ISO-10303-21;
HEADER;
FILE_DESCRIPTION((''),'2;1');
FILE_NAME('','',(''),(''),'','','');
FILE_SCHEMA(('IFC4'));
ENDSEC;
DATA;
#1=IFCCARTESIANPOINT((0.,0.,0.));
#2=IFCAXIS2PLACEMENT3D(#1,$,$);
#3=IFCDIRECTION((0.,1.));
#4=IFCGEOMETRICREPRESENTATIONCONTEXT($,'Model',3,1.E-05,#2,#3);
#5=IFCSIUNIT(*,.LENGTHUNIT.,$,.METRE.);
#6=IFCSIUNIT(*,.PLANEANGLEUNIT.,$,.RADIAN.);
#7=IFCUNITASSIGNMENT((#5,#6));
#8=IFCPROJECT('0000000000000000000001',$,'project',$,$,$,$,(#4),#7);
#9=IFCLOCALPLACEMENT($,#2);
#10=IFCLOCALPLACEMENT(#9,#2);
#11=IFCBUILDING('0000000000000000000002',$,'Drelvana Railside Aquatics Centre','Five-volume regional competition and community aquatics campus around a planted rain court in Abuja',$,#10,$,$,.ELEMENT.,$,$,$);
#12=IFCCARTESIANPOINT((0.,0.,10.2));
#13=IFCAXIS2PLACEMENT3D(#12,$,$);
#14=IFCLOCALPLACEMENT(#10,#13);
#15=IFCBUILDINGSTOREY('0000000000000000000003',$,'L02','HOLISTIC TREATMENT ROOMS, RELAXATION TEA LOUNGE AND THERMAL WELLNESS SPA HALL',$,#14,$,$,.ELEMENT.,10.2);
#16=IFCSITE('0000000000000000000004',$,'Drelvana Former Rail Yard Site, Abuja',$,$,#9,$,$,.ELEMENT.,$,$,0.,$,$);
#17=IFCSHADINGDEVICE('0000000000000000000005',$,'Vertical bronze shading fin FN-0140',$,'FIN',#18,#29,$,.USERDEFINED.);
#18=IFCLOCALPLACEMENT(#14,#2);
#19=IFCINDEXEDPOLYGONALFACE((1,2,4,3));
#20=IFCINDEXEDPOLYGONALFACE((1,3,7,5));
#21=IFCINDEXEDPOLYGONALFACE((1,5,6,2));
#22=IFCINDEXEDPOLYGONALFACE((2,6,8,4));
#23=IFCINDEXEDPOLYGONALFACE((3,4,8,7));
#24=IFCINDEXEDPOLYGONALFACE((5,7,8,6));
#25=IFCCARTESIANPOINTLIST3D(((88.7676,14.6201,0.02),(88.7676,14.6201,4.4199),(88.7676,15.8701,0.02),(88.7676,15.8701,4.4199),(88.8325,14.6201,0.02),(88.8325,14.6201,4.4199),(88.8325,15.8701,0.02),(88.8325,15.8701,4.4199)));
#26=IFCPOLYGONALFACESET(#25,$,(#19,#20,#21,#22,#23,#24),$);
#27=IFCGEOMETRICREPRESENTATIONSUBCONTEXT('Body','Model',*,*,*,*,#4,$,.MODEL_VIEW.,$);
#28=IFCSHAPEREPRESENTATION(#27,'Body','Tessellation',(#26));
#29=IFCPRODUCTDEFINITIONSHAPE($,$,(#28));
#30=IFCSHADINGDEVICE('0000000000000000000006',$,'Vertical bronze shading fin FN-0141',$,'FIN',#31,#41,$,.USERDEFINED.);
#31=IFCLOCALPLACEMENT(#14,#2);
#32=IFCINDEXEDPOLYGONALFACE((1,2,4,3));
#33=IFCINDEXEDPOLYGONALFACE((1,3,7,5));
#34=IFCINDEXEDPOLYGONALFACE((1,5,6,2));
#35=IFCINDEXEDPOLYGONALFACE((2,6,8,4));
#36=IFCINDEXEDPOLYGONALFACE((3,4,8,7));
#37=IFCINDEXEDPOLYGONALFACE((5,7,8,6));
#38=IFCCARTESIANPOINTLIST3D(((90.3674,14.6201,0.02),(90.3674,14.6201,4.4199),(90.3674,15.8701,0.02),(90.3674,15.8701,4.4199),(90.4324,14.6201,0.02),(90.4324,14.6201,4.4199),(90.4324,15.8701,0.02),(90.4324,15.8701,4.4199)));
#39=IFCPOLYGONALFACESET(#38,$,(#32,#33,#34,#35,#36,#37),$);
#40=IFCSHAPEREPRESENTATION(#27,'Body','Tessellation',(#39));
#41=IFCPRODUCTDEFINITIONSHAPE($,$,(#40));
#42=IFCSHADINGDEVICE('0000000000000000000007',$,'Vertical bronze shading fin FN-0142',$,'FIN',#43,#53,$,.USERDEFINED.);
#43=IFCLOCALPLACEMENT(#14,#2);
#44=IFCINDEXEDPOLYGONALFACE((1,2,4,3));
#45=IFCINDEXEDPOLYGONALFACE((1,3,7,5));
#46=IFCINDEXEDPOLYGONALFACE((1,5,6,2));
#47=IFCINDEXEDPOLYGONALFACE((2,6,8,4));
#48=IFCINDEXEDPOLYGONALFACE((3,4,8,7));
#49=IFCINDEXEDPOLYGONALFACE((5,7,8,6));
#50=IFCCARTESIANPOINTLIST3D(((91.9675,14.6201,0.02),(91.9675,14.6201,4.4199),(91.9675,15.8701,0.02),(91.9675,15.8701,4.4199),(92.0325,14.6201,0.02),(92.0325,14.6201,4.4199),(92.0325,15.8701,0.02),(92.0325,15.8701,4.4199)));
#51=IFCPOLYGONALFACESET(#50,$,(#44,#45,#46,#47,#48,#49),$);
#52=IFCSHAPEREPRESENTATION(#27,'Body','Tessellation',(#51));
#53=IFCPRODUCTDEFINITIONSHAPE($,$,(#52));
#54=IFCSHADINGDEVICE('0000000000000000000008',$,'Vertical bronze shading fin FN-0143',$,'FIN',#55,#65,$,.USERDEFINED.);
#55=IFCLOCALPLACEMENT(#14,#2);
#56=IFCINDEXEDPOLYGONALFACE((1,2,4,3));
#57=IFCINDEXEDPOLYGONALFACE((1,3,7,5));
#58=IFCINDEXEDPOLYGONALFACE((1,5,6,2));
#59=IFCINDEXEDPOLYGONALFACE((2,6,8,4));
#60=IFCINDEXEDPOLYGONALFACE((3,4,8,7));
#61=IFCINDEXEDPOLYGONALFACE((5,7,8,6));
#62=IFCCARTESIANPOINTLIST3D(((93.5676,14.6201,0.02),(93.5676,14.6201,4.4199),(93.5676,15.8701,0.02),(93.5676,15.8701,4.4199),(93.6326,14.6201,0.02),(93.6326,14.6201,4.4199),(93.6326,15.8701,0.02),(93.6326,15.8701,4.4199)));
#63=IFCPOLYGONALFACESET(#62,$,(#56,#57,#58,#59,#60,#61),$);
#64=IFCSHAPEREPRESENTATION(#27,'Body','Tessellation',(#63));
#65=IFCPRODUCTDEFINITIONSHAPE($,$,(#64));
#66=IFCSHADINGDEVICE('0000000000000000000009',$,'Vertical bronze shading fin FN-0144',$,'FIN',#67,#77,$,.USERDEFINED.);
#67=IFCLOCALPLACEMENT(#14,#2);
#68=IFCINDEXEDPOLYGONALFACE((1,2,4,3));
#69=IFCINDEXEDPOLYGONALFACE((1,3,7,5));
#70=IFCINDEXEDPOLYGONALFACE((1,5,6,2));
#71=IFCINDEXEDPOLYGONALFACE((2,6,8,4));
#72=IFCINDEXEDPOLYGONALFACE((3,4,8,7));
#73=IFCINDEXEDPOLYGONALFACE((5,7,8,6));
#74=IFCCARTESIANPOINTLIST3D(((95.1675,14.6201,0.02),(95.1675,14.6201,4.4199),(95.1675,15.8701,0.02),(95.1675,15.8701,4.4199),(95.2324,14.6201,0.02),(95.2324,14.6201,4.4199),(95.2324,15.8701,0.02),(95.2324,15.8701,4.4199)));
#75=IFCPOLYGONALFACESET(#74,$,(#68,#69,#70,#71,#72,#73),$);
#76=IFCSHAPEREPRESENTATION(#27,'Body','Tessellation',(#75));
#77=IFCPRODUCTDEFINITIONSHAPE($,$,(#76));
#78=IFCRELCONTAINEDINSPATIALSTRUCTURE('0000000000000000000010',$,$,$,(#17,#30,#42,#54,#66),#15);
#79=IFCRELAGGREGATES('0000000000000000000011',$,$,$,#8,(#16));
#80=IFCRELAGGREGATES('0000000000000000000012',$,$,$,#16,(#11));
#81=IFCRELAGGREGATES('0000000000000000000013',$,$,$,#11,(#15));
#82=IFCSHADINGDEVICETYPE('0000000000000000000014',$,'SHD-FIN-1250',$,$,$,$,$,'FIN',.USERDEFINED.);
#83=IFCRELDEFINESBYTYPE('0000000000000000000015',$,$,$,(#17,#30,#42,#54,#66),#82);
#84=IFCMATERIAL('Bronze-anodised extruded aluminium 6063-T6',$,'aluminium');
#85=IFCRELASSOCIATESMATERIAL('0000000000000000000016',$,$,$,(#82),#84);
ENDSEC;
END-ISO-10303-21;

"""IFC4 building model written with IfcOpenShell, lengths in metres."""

from ifc_helpers import new_model, si_unit, direction, frame, origin, origin_2d, place, context, subcontext, project, spatial, rectangle, extrude, material, type_object, element, save


model = new_model("IFC4")

# Units and contexts
model_context = context("Model", 3, precision=1e-05, world=origin(), true_north=direction((0.0, 1.0)))
body_context = subcontext(model_context, "Body", "Model", "MODEL_VIEW")
ifc_project = project(units=[si_unit("LENGTHUNIT", "METRE"), si_unit("PLANEANGLEUNIT", "RADIAN")], contexts=[model_context])

# Site, building, storey
site_placement = place(None, origin())
site = spatial("IfcSite", under=ifc_project, at=site_placement, Name="Drelvana Former Rail Yard Site, Abuja", CompositionType="ELEMENT", RefElevation=0.0)
building_placement = place(site_placement, origin())
building = spatial("IfcBuilding", under=site, at=building_placement, Name="Drelvana Railside Aquatics Centre", Description="Five-volume regional competition and community aquatics campus around a planted rain court in Abuja", CompositionType="ELEMENT")
storey_placement = place(building_placement, frame((0.0, 0.0, 10.2)))
storey = spatial("IfcBuildingStorey", under=building, at=storey_placement, Name="L02", Description="HOLISTIC TREATMENT ROOMS, RELAXATION TEA LOUNGE AND THERMAL WELLNESS SPA HALL", CompositionType="ELEMENT", Elevation=10.2)

# Shared definitions
ifc_material_1 = material(Name="Bronze-anodised extruded aluminium 6063-T6", Category="aluminium")

# Shading devices
shading_device_type = type_object("IfcShadingDeviceType", Name="SHD-FIN-1250", ElementType="FIN", PredefinedType="USERDEFINED", material=ifc_material_1)
for number, where, z_axis, x_axis, name in (
    (1, (88.8, 15.2451, 0.02), (0.0, 0.0, 1.0), (0.0, -1.0, 0.0), "Vertical bronze shading fin FN-0140"),
    (2, (90.3999, 15.2451, 0.02), (0.0, 0.0, 1.0), (0.0, -1.0, 0.0), "Vertical bronze shading fin FN-0141"),
    (3, (92.0, 15.2451, 0.02), (0.0, 0.0, 1.0), (0.0, -1.0, 0.0), "Vertical bronze shading fin FN-0142"),
    (4, (93.6001, 15.2451, 0.02), (0.0, 0.0, 1.0), (0.0, -1.0, 0.0), "Vertical bronze shading fin FN-0143"),
    (5, (95.2, 15.2451, 0.02), (0.0, 0.0, 1.0), (0.0, -1.0, 0.0), "Vertical bronze shading fin FN-0144"),
):
    element("IfcShadingDevice", number, at=place(storey_placement, frame(where, z_axis=z_axis, x_axis=x_axis)), inside=storey, type_object=shading_device_type, Name=name, ObjectType="FIN", PredefinedType="USERDEFINED", context=body_context, shape_type="SweptSolid", body=[
        extrude(rectangle(XDim=1.25, YDim=0.0649, at=origin_2d()), origin(), (0.0, 0.0, 1.0), 4.3999),
    ])

save(model, "model.ifc")
